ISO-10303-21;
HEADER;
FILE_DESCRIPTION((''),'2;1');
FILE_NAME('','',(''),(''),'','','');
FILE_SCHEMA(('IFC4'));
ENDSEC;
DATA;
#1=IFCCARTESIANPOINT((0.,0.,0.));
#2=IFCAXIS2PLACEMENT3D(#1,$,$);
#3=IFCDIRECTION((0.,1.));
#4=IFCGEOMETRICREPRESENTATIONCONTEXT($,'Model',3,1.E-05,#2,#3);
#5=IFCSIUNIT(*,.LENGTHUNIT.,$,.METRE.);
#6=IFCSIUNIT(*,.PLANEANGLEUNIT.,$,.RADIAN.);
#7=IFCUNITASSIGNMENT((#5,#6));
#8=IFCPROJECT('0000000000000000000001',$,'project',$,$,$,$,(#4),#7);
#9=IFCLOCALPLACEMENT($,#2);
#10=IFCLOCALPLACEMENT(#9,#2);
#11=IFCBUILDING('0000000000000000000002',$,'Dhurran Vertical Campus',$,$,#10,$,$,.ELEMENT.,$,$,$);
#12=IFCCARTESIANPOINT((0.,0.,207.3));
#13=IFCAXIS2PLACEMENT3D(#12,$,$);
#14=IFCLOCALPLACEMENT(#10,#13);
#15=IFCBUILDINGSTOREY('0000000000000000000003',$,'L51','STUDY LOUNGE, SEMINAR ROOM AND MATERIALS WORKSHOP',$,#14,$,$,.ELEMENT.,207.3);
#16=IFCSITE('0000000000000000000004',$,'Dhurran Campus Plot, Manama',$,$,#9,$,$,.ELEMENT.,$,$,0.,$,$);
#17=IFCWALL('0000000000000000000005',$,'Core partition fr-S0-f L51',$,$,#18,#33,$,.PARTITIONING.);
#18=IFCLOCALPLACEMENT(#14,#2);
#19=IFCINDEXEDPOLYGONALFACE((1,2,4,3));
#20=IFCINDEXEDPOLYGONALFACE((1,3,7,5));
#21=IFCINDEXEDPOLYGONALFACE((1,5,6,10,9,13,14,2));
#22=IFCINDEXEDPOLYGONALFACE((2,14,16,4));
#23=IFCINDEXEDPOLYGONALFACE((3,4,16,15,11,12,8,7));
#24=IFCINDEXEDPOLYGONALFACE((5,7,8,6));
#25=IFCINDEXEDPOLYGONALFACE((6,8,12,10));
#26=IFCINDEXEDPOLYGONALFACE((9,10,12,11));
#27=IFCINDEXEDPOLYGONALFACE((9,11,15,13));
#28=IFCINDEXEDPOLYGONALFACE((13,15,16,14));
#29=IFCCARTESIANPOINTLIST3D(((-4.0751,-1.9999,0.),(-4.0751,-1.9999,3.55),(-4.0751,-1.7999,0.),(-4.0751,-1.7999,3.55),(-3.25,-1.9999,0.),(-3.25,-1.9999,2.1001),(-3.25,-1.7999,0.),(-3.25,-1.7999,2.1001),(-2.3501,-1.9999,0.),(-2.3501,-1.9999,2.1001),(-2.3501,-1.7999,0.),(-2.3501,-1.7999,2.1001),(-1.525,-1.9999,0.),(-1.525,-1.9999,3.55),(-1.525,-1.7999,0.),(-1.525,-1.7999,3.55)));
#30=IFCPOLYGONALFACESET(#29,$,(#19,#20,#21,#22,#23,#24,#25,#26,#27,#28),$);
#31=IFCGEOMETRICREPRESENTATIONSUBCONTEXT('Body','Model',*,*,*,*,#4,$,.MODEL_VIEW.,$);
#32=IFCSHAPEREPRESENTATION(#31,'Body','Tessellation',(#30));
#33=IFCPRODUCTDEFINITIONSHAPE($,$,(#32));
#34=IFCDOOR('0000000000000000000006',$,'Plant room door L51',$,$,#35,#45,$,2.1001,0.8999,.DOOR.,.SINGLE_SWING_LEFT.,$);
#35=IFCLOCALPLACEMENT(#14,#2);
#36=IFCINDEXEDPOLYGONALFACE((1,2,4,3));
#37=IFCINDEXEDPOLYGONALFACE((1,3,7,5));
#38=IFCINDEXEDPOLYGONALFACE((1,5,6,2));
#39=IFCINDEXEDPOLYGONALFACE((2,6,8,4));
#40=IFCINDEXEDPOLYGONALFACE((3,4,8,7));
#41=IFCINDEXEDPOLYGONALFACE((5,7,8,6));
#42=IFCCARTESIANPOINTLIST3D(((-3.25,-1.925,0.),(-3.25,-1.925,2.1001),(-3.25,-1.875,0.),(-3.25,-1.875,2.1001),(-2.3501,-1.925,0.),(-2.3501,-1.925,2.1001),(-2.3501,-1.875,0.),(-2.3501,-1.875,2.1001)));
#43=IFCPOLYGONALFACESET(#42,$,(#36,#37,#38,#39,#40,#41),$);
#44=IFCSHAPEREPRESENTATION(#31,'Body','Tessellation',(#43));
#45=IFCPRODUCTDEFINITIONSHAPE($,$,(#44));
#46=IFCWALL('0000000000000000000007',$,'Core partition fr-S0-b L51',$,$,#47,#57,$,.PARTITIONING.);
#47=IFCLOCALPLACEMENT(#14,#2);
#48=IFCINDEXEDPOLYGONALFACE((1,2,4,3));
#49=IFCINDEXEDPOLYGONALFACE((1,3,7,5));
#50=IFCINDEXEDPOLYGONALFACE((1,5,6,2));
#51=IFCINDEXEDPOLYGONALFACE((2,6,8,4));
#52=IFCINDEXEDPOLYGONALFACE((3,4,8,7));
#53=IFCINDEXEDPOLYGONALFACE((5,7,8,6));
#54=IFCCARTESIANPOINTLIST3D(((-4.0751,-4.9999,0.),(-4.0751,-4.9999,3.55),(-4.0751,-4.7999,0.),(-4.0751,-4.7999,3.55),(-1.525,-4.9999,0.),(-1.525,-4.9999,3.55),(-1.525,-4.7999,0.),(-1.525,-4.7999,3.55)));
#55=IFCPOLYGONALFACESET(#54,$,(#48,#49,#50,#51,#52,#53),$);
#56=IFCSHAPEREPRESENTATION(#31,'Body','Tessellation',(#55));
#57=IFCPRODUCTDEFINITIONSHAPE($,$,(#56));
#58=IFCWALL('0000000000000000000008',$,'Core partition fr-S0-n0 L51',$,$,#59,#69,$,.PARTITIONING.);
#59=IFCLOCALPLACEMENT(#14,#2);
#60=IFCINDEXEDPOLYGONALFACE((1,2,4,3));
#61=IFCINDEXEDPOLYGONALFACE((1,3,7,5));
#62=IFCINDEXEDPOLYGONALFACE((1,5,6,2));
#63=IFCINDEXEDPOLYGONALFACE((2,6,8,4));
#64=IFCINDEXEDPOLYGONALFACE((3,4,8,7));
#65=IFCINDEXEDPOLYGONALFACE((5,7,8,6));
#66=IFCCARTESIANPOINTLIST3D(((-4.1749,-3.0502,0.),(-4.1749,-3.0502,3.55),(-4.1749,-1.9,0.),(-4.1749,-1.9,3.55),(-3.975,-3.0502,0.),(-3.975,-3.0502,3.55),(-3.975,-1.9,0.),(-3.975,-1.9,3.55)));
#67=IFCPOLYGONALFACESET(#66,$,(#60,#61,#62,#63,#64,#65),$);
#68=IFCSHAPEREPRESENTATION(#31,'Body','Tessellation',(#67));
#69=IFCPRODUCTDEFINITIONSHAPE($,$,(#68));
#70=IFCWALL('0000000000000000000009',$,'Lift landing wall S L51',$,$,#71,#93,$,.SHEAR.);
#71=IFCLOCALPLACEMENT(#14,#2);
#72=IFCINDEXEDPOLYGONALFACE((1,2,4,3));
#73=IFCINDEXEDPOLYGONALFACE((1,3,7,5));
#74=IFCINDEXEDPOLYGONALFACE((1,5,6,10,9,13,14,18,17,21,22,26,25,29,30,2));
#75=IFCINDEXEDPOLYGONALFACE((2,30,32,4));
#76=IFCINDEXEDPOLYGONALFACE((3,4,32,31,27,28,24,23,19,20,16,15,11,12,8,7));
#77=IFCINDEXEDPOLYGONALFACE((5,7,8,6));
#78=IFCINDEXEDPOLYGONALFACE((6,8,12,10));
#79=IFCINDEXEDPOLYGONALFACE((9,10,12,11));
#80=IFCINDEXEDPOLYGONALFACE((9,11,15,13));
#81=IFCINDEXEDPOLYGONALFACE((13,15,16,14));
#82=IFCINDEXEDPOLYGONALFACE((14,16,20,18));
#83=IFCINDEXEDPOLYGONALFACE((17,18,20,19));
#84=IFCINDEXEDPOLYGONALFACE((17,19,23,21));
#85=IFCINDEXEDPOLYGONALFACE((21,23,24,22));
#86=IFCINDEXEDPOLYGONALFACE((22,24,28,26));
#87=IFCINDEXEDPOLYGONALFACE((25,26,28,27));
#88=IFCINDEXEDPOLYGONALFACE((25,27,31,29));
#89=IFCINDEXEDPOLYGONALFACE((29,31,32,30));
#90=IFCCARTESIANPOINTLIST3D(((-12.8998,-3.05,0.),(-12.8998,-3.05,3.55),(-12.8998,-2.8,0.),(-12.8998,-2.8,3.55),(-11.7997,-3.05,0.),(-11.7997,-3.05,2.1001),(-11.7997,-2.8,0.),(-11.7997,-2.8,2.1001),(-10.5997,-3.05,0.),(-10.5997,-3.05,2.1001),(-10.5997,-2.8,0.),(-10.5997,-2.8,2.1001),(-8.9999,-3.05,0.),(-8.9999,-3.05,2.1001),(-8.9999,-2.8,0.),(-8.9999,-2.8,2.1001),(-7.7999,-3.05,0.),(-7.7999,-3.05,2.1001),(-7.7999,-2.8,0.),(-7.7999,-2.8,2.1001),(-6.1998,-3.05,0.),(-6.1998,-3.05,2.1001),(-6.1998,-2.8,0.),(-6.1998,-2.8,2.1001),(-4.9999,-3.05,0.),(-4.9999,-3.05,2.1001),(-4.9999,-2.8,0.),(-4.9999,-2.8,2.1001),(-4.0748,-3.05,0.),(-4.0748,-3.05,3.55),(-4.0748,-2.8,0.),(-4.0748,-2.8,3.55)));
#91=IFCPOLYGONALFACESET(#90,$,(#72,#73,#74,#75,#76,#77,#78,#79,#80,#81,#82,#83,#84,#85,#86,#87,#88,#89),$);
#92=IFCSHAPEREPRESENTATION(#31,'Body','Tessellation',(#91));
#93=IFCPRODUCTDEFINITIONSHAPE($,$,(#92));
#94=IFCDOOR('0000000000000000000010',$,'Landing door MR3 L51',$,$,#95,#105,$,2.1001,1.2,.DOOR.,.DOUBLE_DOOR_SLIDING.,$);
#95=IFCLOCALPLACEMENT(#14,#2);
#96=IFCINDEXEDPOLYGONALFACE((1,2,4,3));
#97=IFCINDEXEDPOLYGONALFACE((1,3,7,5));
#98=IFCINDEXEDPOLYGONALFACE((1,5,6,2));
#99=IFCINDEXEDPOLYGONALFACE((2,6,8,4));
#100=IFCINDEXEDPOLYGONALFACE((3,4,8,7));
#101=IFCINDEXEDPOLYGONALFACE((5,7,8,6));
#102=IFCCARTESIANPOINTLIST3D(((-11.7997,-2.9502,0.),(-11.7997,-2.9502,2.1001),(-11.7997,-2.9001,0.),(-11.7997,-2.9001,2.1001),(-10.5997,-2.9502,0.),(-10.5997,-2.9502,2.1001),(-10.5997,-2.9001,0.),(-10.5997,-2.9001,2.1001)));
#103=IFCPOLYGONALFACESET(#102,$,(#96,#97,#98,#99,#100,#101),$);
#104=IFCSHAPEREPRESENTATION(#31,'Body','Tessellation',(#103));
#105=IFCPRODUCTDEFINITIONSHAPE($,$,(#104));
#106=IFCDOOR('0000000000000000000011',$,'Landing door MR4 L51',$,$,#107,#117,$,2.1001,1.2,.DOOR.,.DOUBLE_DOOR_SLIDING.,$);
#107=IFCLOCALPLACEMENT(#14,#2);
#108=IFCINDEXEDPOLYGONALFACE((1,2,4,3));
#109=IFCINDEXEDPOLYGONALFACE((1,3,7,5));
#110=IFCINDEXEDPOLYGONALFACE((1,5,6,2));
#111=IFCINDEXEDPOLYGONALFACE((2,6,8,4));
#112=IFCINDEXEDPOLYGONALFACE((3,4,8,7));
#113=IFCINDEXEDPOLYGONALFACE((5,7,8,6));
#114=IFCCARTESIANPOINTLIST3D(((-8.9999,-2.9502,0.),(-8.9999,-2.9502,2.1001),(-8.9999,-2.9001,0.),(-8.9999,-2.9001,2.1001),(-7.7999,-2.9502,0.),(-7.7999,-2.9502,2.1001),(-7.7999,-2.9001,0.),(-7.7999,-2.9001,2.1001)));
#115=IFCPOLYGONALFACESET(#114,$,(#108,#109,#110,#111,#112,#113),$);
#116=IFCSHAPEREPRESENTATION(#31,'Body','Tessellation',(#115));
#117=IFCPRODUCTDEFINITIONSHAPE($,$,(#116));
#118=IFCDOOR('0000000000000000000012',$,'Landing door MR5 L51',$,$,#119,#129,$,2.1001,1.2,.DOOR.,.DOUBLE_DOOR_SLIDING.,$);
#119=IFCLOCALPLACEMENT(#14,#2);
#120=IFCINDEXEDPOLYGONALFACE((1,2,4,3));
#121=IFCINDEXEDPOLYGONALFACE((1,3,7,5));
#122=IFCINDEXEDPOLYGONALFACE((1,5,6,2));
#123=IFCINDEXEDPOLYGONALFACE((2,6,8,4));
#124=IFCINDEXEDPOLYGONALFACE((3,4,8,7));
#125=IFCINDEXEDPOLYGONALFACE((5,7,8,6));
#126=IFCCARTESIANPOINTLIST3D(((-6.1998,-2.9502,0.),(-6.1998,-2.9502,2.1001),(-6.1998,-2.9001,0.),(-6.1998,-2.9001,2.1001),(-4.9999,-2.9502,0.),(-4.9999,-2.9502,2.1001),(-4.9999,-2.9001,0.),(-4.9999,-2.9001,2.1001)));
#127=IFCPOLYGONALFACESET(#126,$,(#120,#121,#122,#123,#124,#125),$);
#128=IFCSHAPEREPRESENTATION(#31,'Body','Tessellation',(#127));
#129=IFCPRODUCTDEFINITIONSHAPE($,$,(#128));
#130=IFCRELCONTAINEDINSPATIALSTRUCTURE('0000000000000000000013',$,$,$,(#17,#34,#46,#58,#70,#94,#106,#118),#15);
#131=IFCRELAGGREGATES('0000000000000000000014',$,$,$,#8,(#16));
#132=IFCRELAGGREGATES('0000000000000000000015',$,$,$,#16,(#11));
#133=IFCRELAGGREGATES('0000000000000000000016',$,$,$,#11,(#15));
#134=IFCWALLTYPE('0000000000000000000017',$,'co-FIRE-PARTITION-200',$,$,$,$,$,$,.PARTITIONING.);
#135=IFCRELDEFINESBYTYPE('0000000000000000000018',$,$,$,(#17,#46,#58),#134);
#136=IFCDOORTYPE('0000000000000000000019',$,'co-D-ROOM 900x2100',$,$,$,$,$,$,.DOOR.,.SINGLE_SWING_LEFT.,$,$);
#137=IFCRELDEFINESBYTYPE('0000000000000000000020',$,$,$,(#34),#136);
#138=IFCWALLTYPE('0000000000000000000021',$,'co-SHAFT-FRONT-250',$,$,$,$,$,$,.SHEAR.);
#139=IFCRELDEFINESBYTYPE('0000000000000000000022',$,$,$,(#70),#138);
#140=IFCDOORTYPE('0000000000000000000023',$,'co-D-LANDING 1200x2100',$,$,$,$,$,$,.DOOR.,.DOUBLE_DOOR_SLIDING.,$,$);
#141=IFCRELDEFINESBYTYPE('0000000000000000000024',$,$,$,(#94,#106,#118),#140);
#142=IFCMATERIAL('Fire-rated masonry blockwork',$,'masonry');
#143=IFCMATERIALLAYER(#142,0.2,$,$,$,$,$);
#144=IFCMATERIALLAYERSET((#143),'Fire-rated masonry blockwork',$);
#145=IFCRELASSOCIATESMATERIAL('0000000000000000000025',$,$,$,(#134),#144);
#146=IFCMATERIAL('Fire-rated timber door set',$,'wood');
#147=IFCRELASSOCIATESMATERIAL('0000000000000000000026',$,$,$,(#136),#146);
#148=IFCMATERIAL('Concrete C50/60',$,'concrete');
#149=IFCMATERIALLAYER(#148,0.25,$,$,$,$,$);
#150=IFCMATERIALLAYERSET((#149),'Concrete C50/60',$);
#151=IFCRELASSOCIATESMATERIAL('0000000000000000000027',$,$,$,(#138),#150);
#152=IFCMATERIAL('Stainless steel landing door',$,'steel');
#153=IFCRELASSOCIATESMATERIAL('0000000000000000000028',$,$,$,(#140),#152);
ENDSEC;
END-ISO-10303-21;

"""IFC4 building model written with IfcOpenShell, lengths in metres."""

from ifc_helpers import new_model, si_unit, direction, frame, frame_2d, origin, place, context, subcontext, project, spatial, rectangle, extrude, material, layer, layer_set, type_object, element, fill, save


model = new_model("IFC4")

# Units and contexts
model_context = context("Model", 3, precision=1e-05, world=origin(), true_north=direction((0.0, 1.0)))
body_context = subcontext(model_context, "Body", "Model", "MODEL_VIEW")
ifc_project = project(units=[si_unit("LENGTHUNIT", "METRE"), si_unit("PLANEANGLEUNIT", "RADIAN")], contexts=[model_context])

# Site, building, storey
site_placement = place(None, origin())
site = spatial("IfcSite", under=ifc_project, at=site_placement, Name="Dhurran Campus Plot, Manama", CompositionType="ELEMENT", RefElevation=0.0)
building_placement = place(site_placement, origin())
building = spatial("IfcBuilding", under=site, at=building_placement, Name="Dhurran Vertical Campus", CompositionType="ELEMENT")
storey_placement = place(building_placement, frame((0.0, 0.0, 207.3)))
storey = spatial("IfcBuildingStorey", under=building, at=storey_placement, Name="L51", Description="STUDY LOUNGE, SEMINAR ROOM AND MATERIALS WORKSHOP", CompositionType="ELEMENT", Elevation=207.3)

# Shared definitions
ifc_material_1 = material(Name="Fire-rated masonry blockwork", Category="masonry")
ifc_layer_1 = layer(ifc_material_1, 0.2)
ifc_layer_set_1 = layer_set([ifc_layer_1], Name="Fire-rated masonry blockwork")
wall_type_1 = type_object("IfcWallType", Name="co-FIRE-PARTITION-200", PredefinedType="PARTITIONING", material=ifc_layer_set_1)

# Wall, opening, door
ifc_material_2 = material(Name="Fire-rated timber door set", Category="wood")
door_type_1 = type_object("IfcDoorType", Name="co-D-ROOM 900x2100", OperationType="SINGLE_SWING_LEFT", PredefinedType="DOOR", material=ifc_material_2)
wall_1_placement = place(storey_placement, frame((-4.075, -1.8999, 0.0), z_axis=(0.0, 0.0, 1.0), x_axis=(1.0, 0.0, 0.0)))
wall_1 = element("IfcWall", 1, at=wall_1_placement, inside=storey, type_object=wall_type_1, Name="Core partition fr-S0-f L51", PredefinedType="PARTITIONING", context=body_context, shape_type="SweptSolid", body=[
    extrude(rectangle(XDim=2.55, YDim=0.2, at=frame_2d((1.2749, 0.0))), origin(), (0.0, 0.0, 1.0), 3.55),
])
opening_1_placement = place(wall_1_placement, frame((0.825, 0.0, 0.0)))
opening_1 = element("IfcOpeningElement", 2, at=opening_1_placement, cuts=wall_1, PredefinedType="OPENING", context=body_context, shape_type="SweptSolid", body=[
    extrude(rectangle(XDim=0.8999, YDim=2.1001, at=frame_2d((0.45, 1.05))), frame((0.0, 0.1099, 0.0), z_axis=(0.0, -1.0, 0.0), x_axis=(1.0, 0.0, 0.0)), (0.0, 0.0, 1.0), 0.22),
])
door_1_placement = place(opening_1_placement, origin())
door_1 = element("IfcDoor", 3, at=door_1_placement, inside=storey, type_object=door_type_1, Name="Plant room door L51", OperationType="SINGLE_SWING_LEFT", OverallHeight=2.1001, OverallWidth=0.8999, PredefinedType="DOOR", context=body_context, shape_type="SweptSolid", body=[
    extrude(rectangle(XDim=0.8999, YDim=2.1001, at=frame_2d((0.45, 1.05))), frame((0.0, 0.0249, 0.0), z_axis=(0.0, -1.0, 0.0), x_axis=(1.0, 0.0, 0.0)), (0.0, 0.0, 1.0), 0.05),
])
fill(opening_1, door_1)

# Walls
wall_2_placement = place(storey_placement, frame((-4.075, -4.8999, 0.0), z_axis=(0.0, 0.0, 1.0), x_axis=(1.0, 0.0, 0.0)))
element("IfcWall", 4, at=wall_2_placement, inside=storey, type_object=wall_type_1, Name="Core partition fr-S0-b L51", PredefinedType="PARTITIONING", context=body_context, shape_type="SweptSolid", body=[
    extrude(rectangle(XDim=2.55, YDim=0.2, at=frame_2d((1.2749, 0.0))), origin(), (0.0, 0.0, 1.0), 3.55),
])
wall_3_placement = place(storey_placement, frame((-4.075, -1.8999, 0.0), z_axis=(0.0, 0.0, 1.0), x_axis=(0.0, -1.0, 0.0)))
element("IfcWall", 5, at=wall_3_placement, inside=storey, type_object=wall_type_1, Name="Core partition fr-S0-n0 L51", PredefinedType="PARTITIONING", context=body_context, shape_type="SweptSolid", body=[
    extrude(rectangle(XDim=1.1501, YDim=0.2, at=frame_2d((0.5752, 0.0))), origin(), (0.0, 0.0, 1.0), 3.55),
])

# Wall, openings, doors
ifc_material_3 = material(Name="Concrete C50/60", Category="concrete")
ifc_layer_2 = layer(ifc_material_3, 0.25)
ifc_layer_set_2 = layer_set([ifc_layer_2], Name="Concrete C50/60")
wall_type_2 = type_object("IfcWallType", Name="co-SHAFT-FRONT-250", PredefinedType="SHEAR", material=ifc_layer_set_2)
wall_4_placement = place(storey_placement, frame((-12.8999, -2.925, 0.0), z_axis=(0.0, 0.0, 1.0), x_axis=(1.0, 0.0, 0.0)))
wall_4 = element("IfcWall", 6, at=wall_4_placement, inside=storey, type_object=wall_type_2, Name="Lift landing wall S L51", PredefinedType="SHEAR", context=body_context, shape_type="SweptSolid", body=[
    extrude(rectangle(XDim=8.825, YDim=0.25, at=frame_2d((4.4126, 0.0))), origin(), (0.0, 0.0, 1.0), 3.55),
])
opening_2_placement = place(wall_4_placement, frame((1.1001, 0.0, 0.0)))
opening_2 = element("IfcOpeningElement", 7, at=opening_2_placement, cuts=wall_4, PredefinedType="OPENING", context=body_context, shape_type="SweptSolid", body=[
    extrude(rectangle(XDim=1.2, YDim=2.1001, at=frame_2d((0.6001, 1.05))), frame((0.0, 0.135, 0.0), z_axis=(0.0, -1.0, 0.0), x_axis=(1.0, 0.0, 0.0)), (0.0, 0.0, 1.0), 0.27),
])
opening_3_placement = place(wall_4_placement, frame((3.8999, 0.0, 0.0)))
opening_3 = element("IfcOpeningElement", 8, at=opening_3_placement, cuts=wall_4, PredefinedType="OPENING", context=body_context, shape_type="SweptSolid", body=[
    extrude(rectangle(XDim=1.2, YDim=2.1001, at=frame_2d((0.6001, 1.05))), frame((0.0, 0.135, 0.0), z_axis=(0.0, -1.0, 0.0), x_axis=(1.0, 0.0, 0.0)), (0.0, 0.0, 1.0), 0.27),
])
opening_4_placement = place(wall_4_placement, frame((6.7, 0.0, 0.0)))
opening_4 = element("IfcOpeningElement", 9, at=opening_4_placement, cuts=wall_4, PredefinedType="OPENING", context=body_context, shape_type="SweptSolid", body=[
    extrude(rectangle(XDim=1.2, YDim=2.1001, at=frame_2d((0.6001, 1.05))), frame((0.0, 0.135, 0.0), z_axis=(0.0, -1.0, 0.0), x_axis=(1.0, 0.0, 0.0)), (0.0, 0.0, 1.0), 0.27),
])
ifc_material_4 = material(Name="Stainless steel landing door", Category="steel")
door_type_2 = type_object("IfcDoorType", Name="co-D-LANDING 1200x2100", OperationType="DOUBLE_DOOR_SLIDING", PredefinedType="DOOR", material=ifc_material_4)
door_2_placement = place(opening_2_placement, origin())
door_2 = element("IfcDoor", 10, at=door_2_placement, inside=storey, type_object=door_type_2, Name="Landing door MR3 L51", OperationType="DOUBLE_DOOR_SLIDING", OverallHeight=2.1001, OverallWidth=1.2, PredefinedType="DOOR", context=body_context, shape_type="SweptSolid", body=[
    extrude(rectangle(XDim=1.2, YDim=2.1001, at=frame_2d((0.6001, 1.05))), frame((0.0, 0.0249, 0.0), z_axis=(0.0, -1.0, 0.0), x_axis=(1.0, 0.0, 0.0)), (0.0, 0.0, 1.0), 0.05),
])
fill(opening_2, door_2)
door_3_placement = place(opening_3_placement, origin())
door_3 = element("IfcDoor", 11, at=door_3_placement, inside=storey, type_object=door_type_2, Name="Landing door MR4 L51", OperationType="DOUBLE_DOOR_SLIDING", OverallHeight=2.1001, OverallWidth=1.2, PredefinedType="DOOR", context=body_context, shape_type="SweptSolid", body=[
    extrude(rectangle(XDim=1.2, YDim=2.1001, at=frame_2d((0.6001, 1.05))), frame((0.0, 0.0249, 0.0), z_axis=(0.0, -1.0, 0.0), x_axis=(1.0, 0.0, 0.0)), (0.0, 0.0, 1.0), 0.05),
])
fill(opening_3, door_3)
door_4_placement = place(opening_4_placement, origin())
door_4 = element("IfcDoor", 12, at=door_4_placement, inside=storey, type_object=door_type_2, Name="Landing door MR5 L51", OperationType="DOUBLE_DOOR_SLIDING", OverallHeight=2.1001, OverallWidth=1.2, PredefinedType="DOOR", context=body_context, shape_type="SweptSolid", body=[
    extrude(rectangle(XDim=1.2, YDim=2.1001, at=frame_2d((0.6001, 1.05))), frame((0.0, 0.0249, 0.0), z_axis=(0.0, -1.0, 0.0), x_axis=(1.0, 0.0, 0.0)), (0.0, 0.0, 1.0), 0.05),
])
fill(opening_4, door_4)

save(model, "model.ifc")
